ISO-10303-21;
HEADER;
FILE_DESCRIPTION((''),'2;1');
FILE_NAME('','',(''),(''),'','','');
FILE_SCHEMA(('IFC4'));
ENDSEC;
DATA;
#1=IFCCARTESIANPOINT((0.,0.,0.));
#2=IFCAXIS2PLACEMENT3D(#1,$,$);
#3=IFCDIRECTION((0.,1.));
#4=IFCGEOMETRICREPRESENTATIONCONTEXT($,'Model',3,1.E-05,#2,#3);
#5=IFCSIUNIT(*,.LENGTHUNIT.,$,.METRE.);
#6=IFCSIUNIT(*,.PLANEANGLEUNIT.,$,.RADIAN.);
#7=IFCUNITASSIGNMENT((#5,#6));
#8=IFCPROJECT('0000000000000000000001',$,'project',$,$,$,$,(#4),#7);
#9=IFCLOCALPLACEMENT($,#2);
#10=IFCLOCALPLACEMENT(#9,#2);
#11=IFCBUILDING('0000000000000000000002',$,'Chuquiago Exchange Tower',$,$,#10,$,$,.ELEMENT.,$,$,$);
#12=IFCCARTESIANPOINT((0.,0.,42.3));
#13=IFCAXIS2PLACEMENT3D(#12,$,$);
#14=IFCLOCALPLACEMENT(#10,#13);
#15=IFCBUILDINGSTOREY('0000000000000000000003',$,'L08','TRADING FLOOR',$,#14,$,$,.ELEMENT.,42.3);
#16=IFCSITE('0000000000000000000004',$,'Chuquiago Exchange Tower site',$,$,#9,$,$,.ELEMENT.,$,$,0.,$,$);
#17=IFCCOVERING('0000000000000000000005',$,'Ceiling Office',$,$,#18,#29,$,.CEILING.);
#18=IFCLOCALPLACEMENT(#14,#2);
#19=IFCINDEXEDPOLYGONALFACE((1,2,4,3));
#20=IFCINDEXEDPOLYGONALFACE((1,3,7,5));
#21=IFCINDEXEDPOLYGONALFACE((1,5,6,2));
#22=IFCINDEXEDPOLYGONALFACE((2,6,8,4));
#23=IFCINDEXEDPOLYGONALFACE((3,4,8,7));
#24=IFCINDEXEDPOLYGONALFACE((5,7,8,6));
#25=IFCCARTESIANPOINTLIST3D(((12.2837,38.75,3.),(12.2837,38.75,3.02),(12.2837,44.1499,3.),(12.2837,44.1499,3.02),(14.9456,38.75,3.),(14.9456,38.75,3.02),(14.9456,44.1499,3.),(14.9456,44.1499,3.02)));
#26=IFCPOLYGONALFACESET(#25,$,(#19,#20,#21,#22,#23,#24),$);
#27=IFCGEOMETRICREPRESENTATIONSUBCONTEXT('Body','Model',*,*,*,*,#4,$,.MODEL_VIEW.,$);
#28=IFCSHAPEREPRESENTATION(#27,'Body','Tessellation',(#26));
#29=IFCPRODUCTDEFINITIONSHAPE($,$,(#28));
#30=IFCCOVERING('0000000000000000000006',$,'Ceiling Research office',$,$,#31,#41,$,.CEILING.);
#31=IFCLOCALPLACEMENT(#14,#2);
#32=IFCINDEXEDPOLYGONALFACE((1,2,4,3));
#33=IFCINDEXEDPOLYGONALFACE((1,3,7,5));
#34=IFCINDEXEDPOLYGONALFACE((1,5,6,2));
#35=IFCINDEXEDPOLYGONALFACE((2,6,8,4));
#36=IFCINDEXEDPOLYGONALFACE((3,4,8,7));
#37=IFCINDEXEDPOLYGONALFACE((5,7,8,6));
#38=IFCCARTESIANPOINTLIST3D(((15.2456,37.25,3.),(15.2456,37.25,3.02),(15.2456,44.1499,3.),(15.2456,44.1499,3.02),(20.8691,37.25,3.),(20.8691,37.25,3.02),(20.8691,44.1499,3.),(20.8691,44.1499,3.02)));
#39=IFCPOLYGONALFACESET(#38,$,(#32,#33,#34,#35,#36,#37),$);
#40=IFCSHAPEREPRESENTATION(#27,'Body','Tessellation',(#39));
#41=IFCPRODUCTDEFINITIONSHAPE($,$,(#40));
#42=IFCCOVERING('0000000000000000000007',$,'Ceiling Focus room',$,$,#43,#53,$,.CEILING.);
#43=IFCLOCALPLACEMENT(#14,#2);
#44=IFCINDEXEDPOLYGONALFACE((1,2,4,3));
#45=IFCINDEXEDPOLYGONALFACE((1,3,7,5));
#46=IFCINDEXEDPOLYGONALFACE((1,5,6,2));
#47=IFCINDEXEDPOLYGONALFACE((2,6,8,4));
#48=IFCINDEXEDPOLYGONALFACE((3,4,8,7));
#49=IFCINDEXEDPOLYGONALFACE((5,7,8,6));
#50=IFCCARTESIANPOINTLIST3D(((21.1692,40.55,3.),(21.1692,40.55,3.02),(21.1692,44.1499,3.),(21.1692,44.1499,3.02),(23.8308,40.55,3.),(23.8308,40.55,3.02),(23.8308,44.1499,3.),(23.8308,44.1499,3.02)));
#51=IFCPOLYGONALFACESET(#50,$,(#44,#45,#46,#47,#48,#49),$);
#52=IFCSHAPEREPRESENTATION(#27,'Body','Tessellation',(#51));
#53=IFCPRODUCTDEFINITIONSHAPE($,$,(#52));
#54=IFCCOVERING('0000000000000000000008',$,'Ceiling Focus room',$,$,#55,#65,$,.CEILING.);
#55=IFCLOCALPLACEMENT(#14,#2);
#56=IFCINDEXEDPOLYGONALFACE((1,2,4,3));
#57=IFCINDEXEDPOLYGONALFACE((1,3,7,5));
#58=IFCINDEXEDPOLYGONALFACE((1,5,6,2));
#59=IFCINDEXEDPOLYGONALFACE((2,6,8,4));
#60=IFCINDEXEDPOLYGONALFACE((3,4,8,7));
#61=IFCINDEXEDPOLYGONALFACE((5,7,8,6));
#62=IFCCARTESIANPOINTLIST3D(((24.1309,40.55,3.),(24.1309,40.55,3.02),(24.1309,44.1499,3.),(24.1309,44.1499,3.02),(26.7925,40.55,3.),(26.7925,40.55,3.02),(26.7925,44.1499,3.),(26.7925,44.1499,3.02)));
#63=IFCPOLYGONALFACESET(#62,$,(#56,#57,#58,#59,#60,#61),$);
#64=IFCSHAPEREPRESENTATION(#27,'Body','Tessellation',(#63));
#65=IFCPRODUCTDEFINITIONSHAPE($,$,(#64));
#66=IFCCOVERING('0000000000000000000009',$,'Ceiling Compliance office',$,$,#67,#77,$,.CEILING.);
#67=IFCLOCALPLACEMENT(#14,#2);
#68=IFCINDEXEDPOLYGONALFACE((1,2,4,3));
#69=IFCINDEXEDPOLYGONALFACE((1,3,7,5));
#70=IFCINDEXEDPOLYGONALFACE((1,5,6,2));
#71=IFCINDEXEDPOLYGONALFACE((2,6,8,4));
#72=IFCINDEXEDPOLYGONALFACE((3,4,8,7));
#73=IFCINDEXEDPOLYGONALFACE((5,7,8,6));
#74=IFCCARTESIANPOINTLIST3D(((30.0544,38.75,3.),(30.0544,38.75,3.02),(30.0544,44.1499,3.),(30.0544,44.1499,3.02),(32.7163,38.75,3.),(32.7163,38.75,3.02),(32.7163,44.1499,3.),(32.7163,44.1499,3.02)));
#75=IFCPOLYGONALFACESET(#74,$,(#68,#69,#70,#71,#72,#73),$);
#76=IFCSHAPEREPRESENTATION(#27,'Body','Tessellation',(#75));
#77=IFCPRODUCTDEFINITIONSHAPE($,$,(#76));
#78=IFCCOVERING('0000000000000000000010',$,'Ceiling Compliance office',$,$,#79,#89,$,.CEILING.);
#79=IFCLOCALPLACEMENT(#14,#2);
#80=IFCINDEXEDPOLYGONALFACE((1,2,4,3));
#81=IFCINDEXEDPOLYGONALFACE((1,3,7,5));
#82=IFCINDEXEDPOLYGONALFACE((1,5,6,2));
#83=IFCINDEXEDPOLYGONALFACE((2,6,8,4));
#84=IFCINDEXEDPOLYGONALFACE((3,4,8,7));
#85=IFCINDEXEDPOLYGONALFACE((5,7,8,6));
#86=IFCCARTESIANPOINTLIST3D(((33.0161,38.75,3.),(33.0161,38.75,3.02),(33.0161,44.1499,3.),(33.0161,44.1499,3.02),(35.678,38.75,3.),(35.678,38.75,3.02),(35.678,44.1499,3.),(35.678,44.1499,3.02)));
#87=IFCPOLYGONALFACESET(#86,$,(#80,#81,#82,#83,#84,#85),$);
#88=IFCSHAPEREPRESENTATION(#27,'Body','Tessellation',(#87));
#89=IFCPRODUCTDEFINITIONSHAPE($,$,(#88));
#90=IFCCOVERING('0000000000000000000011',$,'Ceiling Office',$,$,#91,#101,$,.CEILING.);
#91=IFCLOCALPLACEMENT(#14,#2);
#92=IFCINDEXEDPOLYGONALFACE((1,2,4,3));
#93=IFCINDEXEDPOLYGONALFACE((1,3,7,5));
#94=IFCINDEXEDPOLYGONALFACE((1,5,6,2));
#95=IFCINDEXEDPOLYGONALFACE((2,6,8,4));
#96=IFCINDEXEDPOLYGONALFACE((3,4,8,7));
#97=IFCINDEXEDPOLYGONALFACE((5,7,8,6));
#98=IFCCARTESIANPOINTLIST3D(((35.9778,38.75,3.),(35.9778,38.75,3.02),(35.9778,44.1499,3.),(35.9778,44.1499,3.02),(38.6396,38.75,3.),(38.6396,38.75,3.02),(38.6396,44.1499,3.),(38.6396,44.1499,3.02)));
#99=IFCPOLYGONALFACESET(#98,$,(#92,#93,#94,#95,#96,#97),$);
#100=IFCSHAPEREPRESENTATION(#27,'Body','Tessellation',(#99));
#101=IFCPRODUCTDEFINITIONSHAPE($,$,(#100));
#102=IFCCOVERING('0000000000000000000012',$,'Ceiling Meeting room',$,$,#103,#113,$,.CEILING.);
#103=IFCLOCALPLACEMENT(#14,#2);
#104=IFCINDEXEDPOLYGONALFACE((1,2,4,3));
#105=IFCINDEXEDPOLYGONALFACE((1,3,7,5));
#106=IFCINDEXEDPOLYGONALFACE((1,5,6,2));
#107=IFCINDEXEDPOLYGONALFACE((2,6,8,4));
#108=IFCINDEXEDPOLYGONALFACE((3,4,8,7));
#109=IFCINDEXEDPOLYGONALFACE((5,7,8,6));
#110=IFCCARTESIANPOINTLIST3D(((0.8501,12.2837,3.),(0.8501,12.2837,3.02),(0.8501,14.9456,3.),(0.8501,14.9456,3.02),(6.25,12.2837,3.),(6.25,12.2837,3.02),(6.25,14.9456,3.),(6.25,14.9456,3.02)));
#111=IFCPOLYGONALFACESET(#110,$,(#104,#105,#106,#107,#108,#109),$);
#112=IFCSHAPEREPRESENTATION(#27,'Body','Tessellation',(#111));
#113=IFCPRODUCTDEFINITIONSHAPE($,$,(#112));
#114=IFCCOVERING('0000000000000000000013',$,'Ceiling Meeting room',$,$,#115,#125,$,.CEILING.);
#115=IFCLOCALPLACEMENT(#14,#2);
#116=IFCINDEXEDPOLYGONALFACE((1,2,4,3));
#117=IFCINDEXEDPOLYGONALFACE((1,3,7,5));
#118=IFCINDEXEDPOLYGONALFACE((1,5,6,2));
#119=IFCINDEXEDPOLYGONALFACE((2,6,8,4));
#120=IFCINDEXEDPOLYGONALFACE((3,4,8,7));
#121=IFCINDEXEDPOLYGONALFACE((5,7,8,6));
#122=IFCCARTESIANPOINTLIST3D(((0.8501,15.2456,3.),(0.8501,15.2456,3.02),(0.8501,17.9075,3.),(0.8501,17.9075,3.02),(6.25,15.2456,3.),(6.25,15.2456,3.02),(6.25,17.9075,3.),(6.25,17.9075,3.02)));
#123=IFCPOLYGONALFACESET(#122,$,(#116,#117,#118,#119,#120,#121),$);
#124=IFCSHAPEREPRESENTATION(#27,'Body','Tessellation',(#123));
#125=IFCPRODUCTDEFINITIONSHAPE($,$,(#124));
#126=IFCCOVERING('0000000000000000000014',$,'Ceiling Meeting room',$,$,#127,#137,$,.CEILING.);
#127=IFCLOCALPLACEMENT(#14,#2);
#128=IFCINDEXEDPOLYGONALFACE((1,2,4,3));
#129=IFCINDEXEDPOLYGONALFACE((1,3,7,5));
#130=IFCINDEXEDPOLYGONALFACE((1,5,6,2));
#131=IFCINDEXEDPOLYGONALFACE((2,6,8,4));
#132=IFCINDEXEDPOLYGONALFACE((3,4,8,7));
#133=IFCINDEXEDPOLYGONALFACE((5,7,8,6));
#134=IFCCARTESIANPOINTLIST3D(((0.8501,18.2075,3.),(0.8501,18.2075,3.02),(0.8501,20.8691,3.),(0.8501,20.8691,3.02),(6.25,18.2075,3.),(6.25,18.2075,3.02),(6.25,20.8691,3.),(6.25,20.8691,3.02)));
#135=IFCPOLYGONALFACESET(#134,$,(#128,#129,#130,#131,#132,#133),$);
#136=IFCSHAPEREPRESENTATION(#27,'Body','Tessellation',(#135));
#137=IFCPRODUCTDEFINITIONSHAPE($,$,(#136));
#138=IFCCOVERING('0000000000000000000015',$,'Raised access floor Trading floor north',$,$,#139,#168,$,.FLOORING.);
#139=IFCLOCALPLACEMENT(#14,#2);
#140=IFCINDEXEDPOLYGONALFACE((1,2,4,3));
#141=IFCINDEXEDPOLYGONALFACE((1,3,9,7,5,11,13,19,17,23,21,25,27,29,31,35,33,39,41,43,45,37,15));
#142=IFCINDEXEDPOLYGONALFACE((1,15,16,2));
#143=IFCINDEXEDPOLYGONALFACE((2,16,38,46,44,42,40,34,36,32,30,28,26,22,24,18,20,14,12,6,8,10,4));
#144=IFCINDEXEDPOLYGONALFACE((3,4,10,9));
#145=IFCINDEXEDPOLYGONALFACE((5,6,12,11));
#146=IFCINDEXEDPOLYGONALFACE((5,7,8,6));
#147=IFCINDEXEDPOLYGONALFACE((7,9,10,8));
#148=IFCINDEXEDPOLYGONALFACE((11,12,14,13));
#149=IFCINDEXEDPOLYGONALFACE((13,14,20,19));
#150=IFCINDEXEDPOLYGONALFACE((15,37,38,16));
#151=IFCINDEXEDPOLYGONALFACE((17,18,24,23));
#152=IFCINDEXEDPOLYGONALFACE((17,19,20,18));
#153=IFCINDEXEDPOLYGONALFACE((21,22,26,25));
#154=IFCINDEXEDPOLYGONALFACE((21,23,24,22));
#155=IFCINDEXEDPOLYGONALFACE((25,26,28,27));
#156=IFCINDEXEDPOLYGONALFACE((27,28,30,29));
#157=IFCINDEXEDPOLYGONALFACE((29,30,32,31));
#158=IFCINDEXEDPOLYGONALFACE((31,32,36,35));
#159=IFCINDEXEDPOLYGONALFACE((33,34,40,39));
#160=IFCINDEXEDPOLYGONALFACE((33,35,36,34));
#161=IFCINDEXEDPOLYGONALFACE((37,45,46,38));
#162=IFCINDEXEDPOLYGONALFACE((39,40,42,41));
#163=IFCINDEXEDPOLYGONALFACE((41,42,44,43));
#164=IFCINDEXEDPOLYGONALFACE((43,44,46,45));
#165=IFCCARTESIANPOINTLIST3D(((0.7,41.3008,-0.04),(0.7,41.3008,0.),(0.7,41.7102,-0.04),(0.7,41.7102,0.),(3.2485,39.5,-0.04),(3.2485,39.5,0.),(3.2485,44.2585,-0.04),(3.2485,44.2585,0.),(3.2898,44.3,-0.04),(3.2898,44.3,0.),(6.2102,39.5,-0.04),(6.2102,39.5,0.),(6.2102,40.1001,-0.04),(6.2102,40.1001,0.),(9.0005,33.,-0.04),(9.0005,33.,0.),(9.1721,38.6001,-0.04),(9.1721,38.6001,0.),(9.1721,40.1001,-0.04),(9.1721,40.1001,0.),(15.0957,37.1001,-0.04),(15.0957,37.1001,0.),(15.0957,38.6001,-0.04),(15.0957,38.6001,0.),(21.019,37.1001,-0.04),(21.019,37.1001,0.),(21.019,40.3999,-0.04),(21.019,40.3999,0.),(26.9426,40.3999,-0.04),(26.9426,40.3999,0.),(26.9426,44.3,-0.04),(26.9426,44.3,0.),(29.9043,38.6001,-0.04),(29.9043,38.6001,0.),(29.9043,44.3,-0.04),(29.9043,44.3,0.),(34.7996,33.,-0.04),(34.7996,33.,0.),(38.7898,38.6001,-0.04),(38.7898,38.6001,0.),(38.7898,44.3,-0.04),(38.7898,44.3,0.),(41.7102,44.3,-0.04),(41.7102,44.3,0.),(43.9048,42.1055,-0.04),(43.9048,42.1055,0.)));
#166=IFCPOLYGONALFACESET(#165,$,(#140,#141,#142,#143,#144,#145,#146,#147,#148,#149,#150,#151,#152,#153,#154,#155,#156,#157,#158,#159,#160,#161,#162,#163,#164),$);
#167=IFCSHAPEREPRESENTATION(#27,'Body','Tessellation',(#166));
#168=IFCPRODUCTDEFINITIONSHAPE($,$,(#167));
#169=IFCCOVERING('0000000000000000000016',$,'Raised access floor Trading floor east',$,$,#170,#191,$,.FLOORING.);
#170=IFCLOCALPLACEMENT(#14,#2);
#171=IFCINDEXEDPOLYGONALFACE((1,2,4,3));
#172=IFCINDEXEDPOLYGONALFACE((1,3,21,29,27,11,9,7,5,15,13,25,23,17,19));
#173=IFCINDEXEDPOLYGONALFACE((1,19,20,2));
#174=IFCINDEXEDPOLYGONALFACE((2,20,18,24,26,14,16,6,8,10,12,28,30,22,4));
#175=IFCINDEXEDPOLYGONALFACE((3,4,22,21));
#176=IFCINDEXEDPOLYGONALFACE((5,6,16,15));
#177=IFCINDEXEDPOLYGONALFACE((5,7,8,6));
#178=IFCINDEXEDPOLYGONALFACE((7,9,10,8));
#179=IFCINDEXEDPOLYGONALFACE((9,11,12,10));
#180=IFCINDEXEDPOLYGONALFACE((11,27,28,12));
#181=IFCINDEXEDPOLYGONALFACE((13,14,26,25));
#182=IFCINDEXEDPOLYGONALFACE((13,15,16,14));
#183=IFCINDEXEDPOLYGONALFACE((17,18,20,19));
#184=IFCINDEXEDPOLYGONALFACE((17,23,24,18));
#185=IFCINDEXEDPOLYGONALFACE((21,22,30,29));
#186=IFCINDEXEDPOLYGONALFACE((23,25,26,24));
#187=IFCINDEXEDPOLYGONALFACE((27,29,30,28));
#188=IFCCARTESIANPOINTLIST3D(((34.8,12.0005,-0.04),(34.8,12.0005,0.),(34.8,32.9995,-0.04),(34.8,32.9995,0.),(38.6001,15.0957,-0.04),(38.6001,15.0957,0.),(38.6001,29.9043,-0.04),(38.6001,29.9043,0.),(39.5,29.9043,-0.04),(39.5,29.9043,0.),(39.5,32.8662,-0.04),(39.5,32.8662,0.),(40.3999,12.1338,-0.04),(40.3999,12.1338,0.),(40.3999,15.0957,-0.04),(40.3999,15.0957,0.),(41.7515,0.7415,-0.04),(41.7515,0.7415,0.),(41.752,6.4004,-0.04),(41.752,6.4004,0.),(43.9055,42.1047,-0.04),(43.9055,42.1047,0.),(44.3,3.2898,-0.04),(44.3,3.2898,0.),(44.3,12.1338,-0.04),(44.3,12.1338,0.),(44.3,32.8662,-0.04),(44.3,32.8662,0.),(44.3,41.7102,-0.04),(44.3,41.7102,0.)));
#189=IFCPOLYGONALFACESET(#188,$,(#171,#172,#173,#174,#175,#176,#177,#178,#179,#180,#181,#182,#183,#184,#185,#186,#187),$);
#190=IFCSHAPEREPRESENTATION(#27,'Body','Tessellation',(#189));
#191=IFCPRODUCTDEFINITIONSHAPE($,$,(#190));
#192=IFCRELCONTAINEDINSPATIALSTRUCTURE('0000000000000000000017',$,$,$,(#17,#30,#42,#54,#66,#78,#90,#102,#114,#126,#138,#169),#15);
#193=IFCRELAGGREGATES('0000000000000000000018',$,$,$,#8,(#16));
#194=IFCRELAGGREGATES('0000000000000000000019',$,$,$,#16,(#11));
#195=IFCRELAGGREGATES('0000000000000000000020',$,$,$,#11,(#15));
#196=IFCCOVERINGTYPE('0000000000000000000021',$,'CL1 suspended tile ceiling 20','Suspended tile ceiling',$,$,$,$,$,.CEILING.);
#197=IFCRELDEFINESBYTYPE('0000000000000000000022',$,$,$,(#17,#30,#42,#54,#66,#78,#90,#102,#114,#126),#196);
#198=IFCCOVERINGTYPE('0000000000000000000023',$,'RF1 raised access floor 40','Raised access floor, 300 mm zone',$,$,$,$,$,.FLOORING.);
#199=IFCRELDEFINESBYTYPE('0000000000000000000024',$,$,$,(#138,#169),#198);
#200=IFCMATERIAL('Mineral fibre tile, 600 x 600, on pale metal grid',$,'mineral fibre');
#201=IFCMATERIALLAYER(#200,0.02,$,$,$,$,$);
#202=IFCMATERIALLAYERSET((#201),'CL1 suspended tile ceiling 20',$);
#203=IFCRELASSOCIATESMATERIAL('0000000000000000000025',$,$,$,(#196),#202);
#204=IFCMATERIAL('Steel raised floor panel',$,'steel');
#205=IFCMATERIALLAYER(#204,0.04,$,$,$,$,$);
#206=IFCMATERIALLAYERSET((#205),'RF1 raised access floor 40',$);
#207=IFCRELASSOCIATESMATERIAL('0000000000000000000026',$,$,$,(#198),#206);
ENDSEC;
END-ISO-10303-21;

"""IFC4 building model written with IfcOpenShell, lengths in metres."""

from ifc_helpers import new_model, si_unit, direction, frame, origin, place, context, subcontext, project, spatial, polyline, outline, extrude, material, layer, layer_set, type_object, element, save


model = new_model("IFC4")

# Units and contexts
model_context = context("Model", 3, precision=1e-05, world=origin(), true_north=direction((0.0, 1.0)))
body_context = subcontext(model_context, "Body", "Model", "MODEL_VIEW")
ifc_project = project(units=[si_unit("LENGTHUNIT", "METRE"), si_unit("PLANEANGLEUNIT", "RADIAN")], contexts=[model_context])

# Site, building, storey
site_placement = place(None, origin())
site = spatial("IfcSite", under=ifc_project, at=site_placement, Name="Chuquiago Exchange Tower site", CompositionType="ELEMENT", RefElevation=0.0)
building_placement = place(site_placement, origin())
building = spatial("IfcBuilding", under=site, at=building_placement, Name="Chuquiago Exchange Tower", CompositionType="ELEMENT")
storey_placement = place(building_placement, frame((0.0, 0.0, 42.3)))
storey = spatial("IfcBuildingStorey", under=building, at=storey_placement, Name="L08", Description="TRADING FLOOR", CompositionType="ELEMENT", Elevation=42.3)

# Coverings
ifc_material_1 = material(Name="Mineral fibre tile, 600 x 600, on pale metal grid", Category="mineral fibre")
ifc_layer_1 = layer(ifc_material_1, 0.02)
ifc_layer_set_1 = layer_set([ifc_layer_1], Name="CL1 suspended tile ceiling 20")
covering_type_1 = type_object("IfcCoveringType", Name="CL1 suspended tile ceiling 20", Description="Suspended tile ceiling", PredefinedType="CEILING", material=ifc_layer_set_1)
covering_1_placement = place(storey_placement, frame((0.0, 0.0, 3.0)))
element("IfcCovering", 1, at=covering_1_placement, inside=storey, type_object=covering_type_1, Name="Ceiling Office", PredefinedType="CEILING", context=body_context, shape_type="SweptSolid", body=[
    extrude(outline(polyline([(14.9456, 38.75), (12.2837, 38.75), (12.2837, 44.1499), (14.9456, 44.1499), (14.9456, 38.75)])), origin(), (0.0, 0.0, 1.0), 0.02),
])
covering_2_placement = place(storey_placement, frame((0.0, 0.0, 3.0)))
element("IfcCovering", 2, at=covering_2_placement, inside=storey, type_object=covering_type_1, Name="Ceiling Research office", PredefinedType="CEILING", context=body_context, shape_type="SweptSolid", body=[
    extrude(outline(polyline([(20.8691, 37.25), (15.2456, 37.25), (15.2456, 44.1499), (20.8691, 44.1499), (20.8691, 37.25)])), origin(), (0.0, 0.0, 1.0), 0.02),
])
covering_3_placement = place(storey_placement, frame((0.0, 0.0, 3.0)))
element("IfcCovering", 3, at=covering_3_placement, inside=storey, type_object=covering_type_1, Name="Ceiling Focus room", PredefinedType="CEILING", context=body_context, shape_type="SweptSolid", body=[
    extrude(outline(polyline([(23.8308, 40.55), (21.1692, 40.55), (21.1692, 44.1499), (23.8308, 44.1499), (23.8308, 40.55)])), origin(), (0.0, 0.0, 1.0), 0.02),
])
covering_4_placement = place(storey_placement, frame((0.0, 0.0, 3.0)))
element("IfcCovering", 4, at=covering_4_placement, inside=storey, type_object=covering_type_1, Name="Ceiling Focus room", PredefinedType="CEILING", context=body_context, shape_type="SweptSolid", body=[
    extrude(outline(polyline([(26.7925, 40.55), (24.1309, 40.55), (24.1309, 44.1499), (26.7925, 44.1499), (26.7925, 40.55)])), origin(), (0.0, 0.0, 1.0), 0.02),
])
covering_5_placement = place(storey_placement, frame((0.0, 0.0, 3.0)))
element("IfcCovering", 5, at=covering_5_placement, inside=storey, type_object=covering_type_1, Name="Ceiling Compliance office", PredefinedType="CEILING", context=body_context, shape_type="SweptSolid", body=[
    extrude(outline(polyline([(32.7163, 38.75), (30.0544, 38.75), (30.0544, 44.1499), (32.7163, 44.1499), (32.7163, 38.75)])), origin(), (0.0, 0.0, 1.0), 0.02),
])
covering_6_placement = place(storey_placement, frame((0.0, 0.0, 3.0)))
element("IfcCovering", 6, at=covering_6_placement, inside=storey, type_object=covering_type_1, Name="Ceiling Compliance office", PredefinedType="CEILING", context=body_context, shape_type="SweptSolid", body=[
    extrude(outline(polyline([(35.678, 38.75), (33.0161, 38.75), (33.0161, 44.1499), (35.678, 44.1499), (35.678, 38.75)])), origin(), (0.0, 0.0, 1.0), 0.02),
])
covering_7_placement = place(storey_placement, frame((0.0, 0.0, 3.0)))
element("IfcCovering", 7, at=covering_7_placement, inside=storey, type_object=covering_type_1, Name="Ceiling Office", PredefinedType="CEILING", context=body_context, shape_type="SweptSolid", body=[
    extrude(outline(polyline([(38.6396, 38.75), (35.9778, 38.75), (35.9778, 44.1499), (38.6396, 44.1499), (38.6396, 38.75)])), origin(), (0.0, 0.0, 1.0), 0.02),
])
covering_8_placement = place(storey_placement, frame((0.0, 0.0, 3.0)))
element("IfcCovering", 8, at=covering_8_placement, inside=storey, type_object=covering_type_1, Name="Ceiling Meeting room", PredefinedType="CEILING", context=body_context, shape_type="SweptSolid", body=[
    extrude(outline(polyline([(6.25, 14.9456), (6.25, 12.2837), (0.8501, 12.2837), (0.8501, 14.9456), (6.25, 14.9456)])), origin(), (0.0, 0.0, 1.0), 0.02),
])
covering_9_placement = place(storey_placement, frame((0.0, 0.0, 3.0)))
element("IfcCovering", 9, at=covering_9_placement, inside=storey, type_object=covering_type_1, Name="Ceiling Meeting room", PredefinedType="CEILING", context=body_context, shape_type="SweptSolid", body=[
    extrude(outline(polyline([(6.25, 17.9075), (6.25, 15.2456), (0.8501, 15.2456), (0.8501, 17.9075), (6.25, 17.9075)])), origin(), (0.0, 0.0, 1.0), 0.02),
])
covering_10_placement = place(storey_placement, frame((0.0, 0.0, 3.0)))
element("IfcCovering", 10, at=covering_10_placement, inside=storey, type_object=covering_type_1, Name="Ceiling Meeting room", PredefinedType="CEILING", context=body_context, shape_type="SweptSolid", body=[
    extrude(outline(polyline([(6.25, 20.8691), (6.25, 18.2075), (0.8501, 18.2075), (0.8501, 20.8691), (6.25, 20.8691)])), origin(), (0.0, 0.0, 1.0), 0.02),
])
ifc_material_2 = material(Name="Steel raised floor panel", Category="steel")
ifc_layer_2 = layer(ifc_material_2, 0.04)
ifc_layer_set_2 = layer_set([ifc_layer_2], Name="RF1 raised access floor 40")
covering_type_2 = type_object("IfcCoveringType", Name="RF1 raised access floor 40", Description="Raised access floor, 300 mm zone", PredefinedType="FLOORING", material=ifc_layer_set_2)
covering_11_placement = place(storey_placement, frame((0.0, 0.0, -0.04)))
element("IfcCovering", 11, at=covering_11_placement, inside=storey, type_object=covering_type_2, Name="Raised access floor Trading floor north", PredefinedType="FLOORING", context=body_context, shape_type="SweptSolid", body=[
    extrude(outline(polyline([(0.7, 41.7102), (3.2898, 44.3), (3.2485, 44.2585), (3.2485, 39.5), (6.2102, 39.5), (6.2102, 40.1001), (9.1721, 40.1001), (9.1721, 38.6001), (15.0957, 38.6001), (15.0957, 37.1001), (21.019, 37.1001), (21.019, 40.3999), (26.9426, 40.3999), (26.9426, 44.3), (29.9043, 44.3), (29.9043, 38.6001), (38.7898, 38.6001), (38.7898, 44.3), (41.7102, 44.3), (43.9048, 42.1055), (34.7996, 33.0), (9.0005, 33.0), (0.7, 41.3008), (0.7, 41.7102)])), origin(), (0.0, 0.0, 1.0), 0.04),
])
covering_12_placement = place(storey_placement, frame((0.0, 0.0, -0.04)))
element("IfcCovering", 12, at=covering_12_placement, inside=storey, type_object=covering_type_2, Name="Raised access floor Trading floor east", PredefinedType="FLOORING", context=body_context, shape_type="SweptSolid", body=[
    extrude(outline(polyline([(44.3, 41.7102), (44.3, 32.8662), (39.5, 32.8662), (39.5, 29.9043), (38.6001, 29.9043), (38.6001, 15.0957), (40.3999, 15.0957), (40.3999, 12.1338), (44.3, 12.1338), (44.3, 3.2898), (41.7515, 0.7415), (41.752, 6.4004), (34.8, 12.0005), (34.8, 32.9995), (43.9055, 42.1047), (44.3, 41.7102)])), origin(), (0.0, 0.0, 1.0), 0.04),
])

save(model, "model.ifc")
